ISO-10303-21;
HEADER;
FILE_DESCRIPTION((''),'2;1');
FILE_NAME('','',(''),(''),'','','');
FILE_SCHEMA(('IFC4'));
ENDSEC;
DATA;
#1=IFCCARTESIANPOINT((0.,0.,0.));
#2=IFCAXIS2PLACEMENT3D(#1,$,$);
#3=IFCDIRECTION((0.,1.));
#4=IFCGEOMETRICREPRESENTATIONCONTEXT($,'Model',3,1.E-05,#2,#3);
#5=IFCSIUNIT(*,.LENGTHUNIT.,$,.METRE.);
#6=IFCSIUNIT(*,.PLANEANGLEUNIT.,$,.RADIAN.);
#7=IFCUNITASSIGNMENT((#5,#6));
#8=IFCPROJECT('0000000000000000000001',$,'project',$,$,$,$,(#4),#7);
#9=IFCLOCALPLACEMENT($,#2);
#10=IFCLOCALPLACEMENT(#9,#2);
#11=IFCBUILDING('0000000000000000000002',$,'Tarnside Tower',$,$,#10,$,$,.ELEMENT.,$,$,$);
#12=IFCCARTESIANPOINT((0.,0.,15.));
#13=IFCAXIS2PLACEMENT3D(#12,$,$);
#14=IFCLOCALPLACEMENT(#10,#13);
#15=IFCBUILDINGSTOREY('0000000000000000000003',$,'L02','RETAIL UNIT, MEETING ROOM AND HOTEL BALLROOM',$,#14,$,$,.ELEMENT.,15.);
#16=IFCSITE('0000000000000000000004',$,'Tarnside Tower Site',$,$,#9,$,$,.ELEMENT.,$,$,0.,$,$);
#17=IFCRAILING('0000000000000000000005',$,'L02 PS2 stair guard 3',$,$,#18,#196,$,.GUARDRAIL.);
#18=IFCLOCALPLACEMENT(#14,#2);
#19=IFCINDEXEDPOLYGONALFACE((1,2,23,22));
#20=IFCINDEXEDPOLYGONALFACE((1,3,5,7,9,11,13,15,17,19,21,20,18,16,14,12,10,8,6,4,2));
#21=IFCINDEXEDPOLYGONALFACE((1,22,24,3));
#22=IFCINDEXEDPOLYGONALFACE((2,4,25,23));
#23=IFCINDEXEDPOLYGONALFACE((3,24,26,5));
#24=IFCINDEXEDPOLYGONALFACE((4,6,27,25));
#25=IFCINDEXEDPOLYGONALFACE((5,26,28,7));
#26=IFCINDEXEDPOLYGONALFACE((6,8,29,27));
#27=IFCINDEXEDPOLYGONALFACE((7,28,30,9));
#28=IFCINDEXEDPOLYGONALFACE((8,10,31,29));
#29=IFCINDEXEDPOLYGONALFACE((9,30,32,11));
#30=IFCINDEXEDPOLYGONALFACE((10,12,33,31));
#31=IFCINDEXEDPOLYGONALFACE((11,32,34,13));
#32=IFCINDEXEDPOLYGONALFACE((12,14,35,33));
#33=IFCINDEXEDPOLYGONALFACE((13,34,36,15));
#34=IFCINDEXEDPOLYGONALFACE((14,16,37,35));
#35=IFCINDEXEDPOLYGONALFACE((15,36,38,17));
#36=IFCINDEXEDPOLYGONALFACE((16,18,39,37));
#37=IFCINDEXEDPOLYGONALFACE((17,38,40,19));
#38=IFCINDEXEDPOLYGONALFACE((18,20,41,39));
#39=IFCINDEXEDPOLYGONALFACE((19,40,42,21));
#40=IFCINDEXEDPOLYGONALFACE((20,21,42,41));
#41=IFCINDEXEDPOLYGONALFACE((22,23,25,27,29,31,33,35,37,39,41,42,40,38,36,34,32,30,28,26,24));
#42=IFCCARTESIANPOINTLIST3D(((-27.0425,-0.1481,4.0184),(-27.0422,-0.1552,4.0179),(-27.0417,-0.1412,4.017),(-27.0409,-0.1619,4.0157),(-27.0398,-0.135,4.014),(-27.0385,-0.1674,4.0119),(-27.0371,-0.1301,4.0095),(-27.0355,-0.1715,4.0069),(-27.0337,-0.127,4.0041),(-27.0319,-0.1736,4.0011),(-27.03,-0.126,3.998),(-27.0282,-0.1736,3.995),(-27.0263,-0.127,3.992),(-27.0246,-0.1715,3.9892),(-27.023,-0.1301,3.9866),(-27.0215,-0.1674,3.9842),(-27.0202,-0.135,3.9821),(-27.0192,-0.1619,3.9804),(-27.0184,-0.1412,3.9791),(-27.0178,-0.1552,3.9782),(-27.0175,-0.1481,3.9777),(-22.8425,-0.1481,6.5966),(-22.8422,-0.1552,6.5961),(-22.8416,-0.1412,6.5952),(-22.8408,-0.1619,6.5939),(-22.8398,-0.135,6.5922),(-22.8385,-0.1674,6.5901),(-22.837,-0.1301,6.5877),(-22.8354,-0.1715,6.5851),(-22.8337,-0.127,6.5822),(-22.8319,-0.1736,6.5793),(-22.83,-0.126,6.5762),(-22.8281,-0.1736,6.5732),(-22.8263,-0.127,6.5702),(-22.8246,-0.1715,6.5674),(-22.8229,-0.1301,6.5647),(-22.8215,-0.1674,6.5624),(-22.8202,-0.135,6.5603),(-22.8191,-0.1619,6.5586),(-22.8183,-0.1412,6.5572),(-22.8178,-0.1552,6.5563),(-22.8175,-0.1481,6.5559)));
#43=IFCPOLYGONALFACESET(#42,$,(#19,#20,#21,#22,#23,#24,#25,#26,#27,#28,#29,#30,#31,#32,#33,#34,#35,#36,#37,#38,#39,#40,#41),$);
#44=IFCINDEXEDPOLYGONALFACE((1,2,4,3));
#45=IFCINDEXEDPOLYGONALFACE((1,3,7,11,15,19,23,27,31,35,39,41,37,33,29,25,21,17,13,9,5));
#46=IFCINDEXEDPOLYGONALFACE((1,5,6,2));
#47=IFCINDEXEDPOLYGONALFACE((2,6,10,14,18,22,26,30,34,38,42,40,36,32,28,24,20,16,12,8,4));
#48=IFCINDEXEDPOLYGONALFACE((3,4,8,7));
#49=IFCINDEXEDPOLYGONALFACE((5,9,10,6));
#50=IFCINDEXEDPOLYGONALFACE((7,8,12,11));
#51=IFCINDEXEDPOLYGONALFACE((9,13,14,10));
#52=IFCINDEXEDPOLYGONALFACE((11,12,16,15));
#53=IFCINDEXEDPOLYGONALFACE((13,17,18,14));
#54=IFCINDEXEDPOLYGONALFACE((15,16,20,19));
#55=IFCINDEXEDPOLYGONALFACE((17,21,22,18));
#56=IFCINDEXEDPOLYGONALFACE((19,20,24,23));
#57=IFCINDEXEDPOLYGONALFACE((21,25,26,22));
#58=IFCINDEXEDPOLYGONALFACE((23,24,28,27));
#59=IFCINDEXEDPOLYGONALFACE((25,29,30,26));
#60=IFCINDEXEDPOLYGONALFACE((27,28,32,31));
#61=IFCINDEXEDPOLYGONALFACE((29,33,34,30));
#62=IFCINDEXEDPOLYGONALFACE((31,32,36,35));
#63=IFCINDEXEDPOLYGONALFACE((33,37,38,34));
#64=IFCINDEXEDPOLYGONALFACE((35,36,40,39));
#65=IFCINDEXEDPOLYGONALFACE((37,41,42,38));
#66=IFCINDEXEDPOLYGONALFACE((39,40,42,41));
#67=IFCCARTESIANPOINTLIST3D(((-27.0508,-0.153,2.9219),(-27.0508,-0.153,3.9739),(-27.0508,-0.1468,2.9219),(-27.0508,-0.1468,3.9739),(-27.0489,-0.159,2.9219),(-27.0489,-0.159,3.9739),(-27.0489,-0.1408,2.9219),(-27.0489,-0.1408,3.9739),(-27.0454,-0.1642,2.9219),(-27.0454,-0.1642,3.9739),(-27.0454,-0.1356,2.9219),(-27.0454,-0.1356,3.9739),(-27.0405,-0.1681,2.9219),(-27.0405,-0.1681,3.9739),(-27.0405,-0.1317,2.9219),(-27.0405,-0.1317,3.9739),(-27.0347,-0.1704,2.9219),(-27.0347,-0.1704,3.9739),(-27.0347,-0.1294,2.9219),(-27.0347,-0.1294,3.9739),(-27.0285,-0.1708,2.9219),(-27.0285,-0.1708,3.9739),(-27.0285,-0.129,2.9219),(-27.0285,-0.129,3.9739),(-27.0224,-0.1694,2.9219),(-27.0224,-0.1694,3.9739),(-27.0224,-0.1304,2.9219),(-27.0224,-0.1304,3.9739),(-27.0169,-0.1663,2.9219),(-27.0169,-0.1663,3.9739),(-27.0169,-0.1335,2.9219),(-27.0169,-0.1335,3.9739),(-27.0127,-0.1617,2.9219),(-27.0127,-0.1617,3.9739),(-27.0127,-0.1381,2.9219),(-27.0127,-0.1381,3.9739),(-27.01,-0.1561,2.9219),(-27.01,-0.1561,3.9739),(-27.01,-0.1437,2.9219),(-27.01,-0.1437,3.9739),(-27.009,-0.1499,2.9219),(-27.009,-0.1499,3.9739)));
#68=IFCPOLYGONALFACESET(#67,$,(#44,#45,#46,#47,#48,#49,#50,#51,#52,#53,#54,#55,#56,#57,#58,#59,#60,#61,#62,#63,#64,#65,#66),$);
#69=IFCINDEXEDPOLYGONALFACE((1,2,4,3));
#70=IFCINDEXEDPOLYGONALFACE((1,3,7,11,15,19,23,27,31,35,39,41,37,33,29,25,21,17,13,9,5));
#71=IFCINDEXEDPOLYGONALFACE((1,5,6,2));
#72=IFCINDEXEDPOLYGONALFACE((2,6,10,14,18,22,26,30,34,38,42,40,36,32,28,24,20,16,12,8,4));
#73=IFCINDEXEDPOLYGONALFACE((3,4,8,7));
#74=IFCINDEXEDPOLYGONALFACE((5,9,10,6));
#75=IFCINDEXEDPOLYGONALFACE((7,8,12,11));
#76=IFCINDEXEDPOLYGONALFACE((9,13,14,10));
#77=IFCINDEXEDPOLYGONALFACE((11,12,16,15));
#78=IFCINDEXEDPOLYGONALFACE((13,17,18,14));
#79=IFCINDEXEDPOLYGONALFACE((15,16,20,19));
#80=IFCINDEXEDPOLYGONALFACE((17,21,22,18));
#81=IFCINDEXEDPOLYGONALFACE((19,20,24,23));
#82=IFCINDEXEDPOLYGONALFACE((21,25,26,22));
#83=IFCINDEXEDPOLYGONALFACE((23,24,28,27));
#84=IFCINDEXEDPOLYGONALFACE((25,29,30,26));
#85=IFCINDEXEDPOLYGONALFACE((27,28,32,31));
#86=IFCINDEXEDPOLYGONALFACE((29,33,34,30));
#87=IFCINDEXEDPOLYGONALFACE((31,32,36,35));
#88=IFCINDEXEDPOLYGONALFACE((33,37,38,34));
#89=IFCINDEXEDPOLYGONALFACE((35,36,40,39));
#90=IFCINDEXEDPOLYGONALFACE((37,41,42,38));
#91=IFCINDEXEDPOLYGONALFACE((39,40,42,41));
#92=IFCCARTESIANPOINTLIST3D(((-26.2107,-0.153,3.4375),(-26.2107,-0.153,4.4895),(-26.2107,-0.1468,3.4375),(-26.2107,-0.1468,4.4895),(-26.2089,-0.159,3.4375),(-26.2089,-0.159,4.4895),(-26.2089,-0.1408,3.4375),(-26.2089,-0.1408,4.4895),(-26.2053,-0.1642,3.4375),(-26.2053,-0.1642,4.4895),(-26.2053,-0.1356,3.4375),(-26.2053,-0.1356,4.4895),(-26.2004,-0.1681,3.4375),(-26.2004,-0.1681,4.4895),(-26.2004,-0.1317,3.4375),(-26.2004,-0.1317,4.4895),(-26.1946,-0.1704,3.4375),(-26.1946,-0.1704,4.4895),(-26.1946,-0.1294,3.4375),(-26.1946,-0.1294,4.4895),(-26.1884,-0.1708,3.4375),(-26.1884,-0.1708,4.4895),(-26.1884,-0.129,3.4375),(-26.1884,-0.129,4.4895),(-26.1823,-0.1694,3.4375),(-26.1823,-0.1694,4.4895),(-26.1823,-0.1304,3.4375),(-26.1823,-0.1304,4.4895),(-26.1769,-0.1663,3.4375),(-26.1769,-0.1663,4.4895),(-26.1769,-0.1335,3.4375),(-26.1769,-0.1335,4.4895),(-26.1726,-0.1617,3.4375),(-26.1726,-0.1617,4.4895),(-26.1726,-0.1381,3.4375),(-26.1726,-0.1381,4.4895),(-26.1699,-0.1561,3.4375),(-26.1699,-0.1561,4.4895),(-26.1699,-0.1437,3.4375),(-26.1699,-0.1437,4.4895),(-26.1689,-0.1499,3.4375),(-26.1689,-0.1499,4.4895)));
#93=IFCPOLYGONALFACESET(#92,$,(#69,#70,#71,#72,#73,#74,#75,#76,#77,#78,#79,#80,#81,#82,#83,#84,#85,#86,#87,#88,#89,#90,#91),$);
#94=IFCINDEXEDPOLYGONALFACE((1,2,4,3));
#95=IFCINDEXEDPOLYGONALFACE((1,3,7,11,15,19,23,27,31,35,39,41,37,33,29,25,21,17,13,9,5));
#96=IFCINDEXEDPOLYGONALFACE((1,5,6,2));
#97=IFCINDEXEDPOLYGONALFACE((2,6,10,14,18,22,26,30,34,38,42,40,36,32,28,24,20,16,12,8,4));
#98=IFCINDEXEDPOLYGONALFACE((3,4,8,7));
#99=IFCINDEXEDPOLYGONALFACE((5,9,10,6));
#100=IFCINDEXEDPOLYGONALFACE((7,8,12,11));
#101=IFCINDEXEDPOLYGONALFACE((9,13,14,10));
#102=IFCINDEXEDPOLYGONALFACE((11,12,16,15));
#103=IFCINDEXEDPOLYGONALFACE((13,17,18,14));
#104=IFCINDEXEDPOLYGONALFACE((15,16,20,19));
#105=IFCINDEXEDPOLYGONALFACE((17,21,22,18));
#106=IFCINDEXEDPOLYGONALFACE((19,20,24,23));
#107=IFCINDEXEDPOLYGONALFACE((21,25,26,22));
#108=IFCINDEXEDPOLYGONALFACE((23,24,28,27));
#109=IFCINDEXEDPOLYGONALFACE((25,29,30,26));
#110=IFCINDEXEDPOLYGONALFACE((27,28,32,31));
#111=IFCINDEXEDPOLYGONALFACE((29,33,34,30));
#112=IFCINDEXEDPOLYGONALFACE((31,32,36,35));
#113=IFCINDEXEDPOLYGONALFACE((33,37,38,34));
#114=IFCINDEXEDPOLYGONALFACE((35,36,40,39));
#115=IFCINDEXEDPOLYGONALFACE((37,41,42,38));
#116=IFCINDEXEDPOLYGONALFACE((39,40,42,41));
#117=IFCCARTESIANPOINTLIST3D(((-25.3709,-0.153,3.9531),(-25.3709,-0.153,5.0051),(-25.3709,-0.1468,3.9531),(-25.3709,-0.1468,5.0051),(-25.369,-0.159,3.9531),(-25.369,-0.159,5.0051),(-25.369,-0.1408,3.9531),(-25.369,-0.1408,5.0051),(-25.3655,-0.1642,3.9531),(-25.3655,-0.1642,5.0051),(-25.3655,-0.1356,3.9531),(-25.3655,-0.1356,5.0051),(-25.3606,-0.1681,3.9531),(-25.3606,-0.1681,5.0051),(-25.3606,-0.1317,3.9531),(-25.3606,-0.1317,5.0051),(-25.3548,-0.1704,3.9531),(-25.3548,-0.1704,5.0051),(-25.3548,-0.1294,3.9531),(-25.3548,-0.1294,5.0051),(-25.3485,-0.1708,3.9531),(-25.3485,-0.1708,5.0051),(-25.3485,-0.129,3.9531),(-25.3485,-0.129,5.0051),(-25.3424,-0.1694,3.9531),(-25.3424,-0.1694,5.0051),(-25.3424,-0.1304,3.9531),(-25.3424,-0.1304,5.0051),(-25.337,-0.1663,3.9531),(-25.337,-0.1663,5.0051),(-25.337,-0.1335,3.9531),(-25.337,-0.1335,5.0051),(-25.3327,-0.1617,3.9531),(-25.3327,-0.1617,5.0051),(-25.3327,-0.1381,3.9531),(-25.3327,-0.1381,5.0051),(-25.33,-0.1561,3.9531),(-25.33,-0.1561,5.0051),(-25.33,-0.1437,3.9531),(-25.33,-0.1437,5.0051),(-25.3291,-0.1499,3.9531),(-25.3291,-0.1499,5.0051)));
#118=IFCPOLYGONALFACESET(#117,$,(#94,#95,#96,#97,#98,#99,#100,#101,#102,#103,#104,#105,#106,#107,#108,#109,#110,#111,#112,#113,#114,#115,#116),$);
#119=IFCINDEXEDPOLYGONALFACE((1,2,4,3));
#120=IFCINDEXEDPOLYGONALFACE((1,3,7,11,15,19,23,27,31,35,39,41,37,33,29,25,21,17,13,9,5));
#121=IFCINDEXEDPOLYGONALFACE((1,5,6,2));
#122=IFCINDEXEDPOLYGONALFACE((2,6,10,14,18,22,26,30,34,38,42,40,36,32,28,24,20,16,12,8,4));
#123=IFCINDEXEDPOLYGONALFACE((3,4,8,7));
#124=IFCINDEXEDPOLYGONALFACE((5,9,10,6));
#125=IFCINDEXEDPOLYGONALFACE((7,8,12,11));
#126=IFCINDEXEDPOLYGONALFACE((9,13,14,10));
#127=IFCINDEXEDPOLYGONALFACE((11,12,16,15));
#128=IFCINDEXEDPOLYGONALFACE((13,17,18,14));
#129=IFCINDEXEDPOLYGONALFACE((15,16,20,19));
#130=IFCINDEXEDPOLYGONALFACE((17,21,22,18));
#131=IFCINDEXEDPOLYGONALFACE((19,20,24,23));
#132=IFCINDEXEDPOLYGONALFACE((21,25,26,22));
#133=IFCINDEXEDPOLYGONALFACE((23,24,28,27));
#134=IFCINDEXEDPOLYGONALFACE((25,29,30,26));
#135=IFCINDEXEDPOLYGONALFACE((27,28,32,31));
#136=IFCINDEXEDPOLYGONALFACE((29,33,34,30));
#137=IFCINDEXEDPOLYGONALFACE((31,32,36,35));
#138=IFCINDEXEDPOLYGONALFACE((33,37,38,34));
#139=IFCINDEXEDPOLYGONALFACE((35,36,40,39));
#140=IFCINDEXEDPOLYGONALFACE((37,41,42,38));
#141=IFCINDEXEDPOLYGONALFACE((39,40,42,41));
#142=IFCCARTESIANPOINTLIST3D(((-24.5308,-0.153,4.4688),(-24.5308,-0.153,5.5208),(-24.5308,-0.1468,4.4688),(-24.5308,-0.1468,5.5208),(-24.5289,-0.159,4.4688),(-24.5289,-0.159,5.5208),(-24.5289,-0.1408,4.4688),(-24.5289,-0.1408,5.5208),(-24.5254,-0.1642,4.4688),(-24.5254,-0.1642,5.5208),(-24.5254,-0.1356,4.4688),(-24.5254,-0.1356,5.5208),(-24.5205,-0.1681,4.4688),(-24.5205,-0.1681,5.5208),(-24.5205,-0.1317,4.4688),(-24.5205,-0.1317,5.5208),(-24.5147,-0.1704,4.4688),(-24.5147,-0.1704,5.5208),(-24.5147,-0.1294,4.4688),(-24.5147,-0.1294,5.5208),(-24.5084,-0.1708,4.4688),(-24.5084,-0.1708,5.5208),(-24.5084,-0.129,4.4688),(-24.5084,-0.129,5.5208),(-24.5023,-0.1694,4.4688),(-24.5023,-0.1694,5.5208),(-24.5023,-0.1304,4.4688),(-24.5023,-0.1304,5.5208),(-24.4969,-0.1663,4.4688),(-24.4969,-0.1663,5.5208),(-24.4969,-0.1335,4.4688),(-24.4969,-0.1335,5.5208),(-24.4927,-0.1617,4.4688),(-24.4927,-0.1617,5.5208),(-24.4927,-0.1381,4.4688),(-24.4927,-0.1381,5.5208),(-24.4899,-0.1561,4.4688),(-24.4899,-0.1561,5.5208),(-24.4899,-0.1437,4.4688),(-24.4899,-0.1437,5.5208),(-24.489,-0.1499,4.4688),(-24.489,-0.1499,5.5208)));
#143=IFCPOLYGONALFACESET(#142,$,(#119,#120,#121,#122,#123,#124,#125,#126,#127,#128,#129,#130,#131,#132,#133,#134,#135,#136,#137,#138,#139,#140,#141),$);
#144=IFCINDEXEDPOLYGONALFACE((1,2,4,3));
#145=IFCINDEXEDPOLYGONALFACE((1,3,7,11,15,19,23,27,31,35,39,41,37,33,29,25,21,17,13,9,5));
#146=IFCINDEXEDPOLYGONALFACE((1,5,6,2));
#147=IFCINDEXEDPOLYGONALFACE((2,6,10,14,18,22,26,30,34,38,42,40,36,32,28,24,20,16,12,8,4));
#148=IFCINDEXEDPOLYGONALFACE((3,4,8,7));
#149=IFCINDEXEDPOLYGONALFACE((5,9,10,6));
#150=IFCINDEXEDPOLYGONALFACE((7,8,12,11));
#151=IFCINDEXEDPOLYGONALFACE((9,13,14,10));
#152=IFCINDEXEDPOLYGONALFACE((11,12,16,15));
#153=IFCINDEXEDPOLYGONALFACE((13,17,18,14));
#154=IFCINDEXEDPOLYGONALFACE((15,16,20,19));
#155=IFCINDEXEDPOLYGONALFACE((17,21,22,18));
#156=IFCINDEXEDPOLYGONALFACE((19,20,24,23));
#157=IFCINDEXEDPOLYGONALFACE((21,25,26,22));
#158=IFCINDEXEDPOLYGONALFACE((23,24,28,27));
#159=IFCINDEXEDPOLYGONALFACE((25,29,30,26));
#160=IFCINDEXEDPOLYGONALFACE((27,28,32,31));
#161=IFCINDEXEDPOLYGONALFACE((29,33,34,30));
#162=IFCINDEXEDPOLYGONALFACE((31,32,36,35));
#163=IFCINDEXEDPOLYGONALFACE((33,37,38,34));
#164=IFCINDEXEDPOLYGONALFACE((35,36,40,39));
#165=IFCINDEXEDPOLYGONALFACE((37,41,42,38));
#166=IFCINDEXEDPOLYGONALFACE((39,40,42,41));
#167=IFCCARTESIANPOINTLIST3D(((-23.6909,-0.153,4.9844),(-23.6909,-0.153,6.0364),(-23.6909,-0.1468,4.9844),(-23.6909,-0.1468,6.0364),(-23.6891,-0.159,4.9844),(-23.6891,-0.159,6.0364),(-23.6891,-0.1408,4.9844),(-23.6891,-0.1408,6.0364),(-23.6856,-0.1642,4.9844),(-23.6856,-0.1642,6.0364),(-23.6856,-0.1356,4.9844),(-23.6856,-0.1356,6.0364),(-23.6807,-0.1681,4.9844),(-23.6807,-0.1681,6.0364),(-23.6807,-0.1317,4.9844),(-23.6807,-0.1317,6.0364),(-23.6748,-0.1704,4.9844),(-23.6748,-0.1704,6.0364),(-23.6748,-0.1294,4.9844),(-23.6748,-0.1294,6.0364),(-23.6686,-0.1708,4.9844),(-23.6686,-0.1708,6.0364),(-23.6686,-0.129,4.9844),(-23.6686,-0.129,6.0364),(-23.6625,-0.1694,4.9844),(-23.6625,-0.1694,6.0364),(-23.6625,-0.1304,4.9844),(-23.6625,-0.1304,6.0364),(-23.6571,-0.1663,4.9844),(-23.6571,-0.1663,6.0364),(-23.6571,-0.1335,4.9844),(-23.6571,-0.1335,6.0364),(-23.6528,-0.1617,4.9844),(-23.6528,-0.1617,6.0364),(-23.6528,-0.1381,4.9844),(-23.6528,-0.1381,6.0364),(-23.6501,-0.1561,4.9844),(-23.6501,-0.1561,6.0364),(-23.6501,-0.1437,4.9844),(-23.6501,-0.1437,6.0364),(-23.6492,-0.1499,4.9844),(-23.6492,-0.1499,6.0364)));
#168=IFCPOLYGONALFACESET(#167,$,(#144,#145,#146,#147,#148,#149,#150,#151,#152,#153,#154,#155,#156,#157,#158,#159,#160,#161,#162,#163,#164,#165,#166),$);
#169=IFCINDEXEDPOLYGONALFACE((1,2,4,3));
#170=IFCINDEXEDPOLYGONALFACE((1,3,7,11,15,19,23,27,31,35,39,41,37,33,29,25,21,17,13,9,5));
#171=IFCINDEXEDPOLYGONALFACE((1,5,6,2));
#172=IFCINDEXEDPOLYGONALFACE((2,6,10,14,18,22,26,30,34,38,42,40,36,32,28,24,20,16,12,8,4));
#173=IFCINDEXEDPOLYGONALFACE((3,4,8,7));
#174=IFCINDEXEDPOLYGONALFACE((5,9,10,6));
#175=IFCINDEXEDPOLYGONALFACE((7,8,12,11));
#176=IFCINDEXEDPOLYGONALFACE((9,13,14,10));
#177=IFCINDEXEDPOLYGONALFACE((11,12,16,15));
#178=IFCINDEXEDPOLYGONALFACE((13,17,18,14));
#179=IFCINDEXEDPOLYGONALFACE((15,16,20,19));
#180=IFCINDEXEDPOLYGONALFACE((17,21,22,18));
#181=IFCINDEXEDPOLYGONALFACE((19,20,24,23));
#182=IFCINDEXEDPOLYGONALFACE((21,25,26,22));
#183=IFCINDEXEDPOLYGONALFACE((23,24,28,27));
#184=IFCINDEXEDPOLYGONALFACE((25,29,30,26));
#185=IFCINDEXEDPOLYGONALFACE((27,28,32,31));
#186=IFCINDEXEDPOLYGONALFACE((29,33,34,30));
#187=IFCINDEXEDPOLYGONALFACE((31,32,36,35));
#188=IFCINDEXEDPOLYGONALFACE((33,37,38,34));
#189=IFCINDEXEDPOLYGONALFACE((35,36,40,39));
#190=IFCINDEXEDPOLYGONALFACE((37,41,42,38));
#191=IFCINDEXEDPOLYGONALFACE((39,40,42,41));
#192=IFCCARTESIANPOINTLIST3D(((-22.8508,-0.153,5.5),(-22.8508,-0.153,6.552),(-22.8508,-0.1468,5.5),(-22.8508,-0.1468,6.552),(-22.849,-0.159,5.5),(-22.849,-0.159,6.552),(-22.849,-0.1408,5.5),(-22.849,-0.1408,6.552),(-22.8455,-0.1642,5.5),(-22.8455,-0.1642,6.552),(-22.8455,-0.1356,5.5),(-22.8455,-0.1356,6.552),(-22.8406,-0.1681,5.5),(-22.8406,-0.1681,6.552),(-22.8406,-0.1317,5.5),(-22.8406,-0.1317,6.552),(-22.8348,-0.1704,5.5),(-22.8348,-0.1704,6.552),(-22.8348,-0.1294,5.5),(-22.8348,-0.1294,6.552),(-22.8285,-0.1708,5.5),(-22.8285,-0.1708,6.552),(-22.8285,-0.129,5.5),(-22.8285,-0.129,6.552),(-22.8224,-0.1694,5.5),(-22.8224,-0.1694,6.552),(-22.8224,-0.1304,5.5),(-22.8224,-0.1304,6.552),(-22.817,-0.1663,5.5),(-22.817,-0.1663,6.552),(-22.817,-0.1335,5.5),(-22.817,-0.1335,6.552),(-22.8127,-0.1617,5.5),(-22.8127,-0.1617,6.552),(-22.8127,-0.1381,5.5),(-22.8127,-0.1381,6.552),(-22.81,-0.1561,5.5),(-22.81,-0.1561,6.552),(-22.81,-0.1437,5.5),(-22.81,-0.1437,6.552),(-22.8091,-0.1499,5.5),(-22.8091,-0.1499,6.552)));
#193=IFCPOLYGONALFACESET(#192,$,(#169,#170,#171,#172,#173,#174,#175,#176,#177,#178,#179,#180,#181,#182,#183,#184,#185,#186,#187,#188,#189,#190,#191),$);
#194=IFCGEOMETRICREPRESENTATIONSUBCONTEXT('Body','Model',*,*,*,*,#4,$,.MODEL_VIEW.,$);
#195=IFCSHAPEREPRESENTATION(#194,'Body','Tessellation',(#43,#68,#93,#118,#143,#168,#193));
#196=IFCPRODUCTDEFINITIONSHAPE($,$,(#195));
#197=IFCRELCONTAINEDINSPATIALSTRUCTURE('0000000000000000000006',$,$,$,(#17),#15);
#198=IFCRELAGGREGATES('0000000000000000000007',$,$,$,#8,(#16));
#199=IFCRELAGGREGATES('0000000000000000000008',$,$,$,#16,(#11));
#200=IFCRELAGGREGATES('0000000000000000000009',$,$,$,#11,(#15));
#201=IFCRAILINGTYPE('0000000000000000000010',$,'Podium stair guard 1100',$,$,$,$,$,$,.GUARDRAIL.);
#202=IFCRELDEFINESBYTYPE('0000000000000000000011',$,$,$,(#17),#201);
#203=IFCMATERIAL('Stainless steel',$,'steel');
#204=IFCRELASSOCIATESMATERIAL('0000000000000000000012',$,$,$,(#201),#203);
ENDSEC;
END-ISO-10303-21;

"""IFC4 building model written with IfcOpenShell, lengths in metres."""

from ifc_helpers import new_model, si_unit, direction, frame, origin, origin_2d, place, context, subcontext, project, spatial, circle, extrude, material, type_object, element, save


model = new_model("IFC4")

# Units and contexts
model_context = context("Model", 3, precision=1e-05, world=origin(), true_north=direction((0.0, 1.0)))
body_context = subcontext(model_context, "Body", "Model", "MODEL_VIEW")
ifc_project = project(units=[si_unit("LENGTHUNIT", "METRE"), si_unit("PLANEANGLEUNIT", "RADIAN")], contexts=[model_context])

# Site, building, storey
site_placement = place(None, origin())
site = spatial("IfcSite", under=ifc_project, at=site_placement, Name="Tarnside Tower Site", CompositionType="ELEMENT", RefElevation=0.0)
building_placement = place(site_placement, origin())
building = spatial("IfcBuilding", under=site, at=building_placement, Name="Tarnside Tower", CompositionType="ELEMENT")
storey_placement = place(building_placement, frame((0.0, 0.0, 15.0)))
storey = spatial("IfcBuildingStorey", under=building, at=storey_placement, Name="L02", Description="RETAIL UNIT, MEETING ROOM AND HOTEL BALLROOM", CompositionType="ELEMENT", Elevation=15.0)

# Railing
ifc_material_1 = material(Name="Stainless steel", Category="steel")
railing_type_1 = type_object("IfcRailingType", Name="Podium stair guard 1100", PredefinedType="GUARDRAIL", material=ifc_material_1)
railing_1_placement = place(storey_placement, frame((-27.03, -0.1499, 2.9219)))
element("IfcRailing", 1, at=railing_1_placement, inside=storey, type_object=railing_type_1, Name="L02 PS2 stair guard 3", PredefinedType="GUARDRAIL", context=body_context, shape_type="SweptSolid", body=[
    extrude(circle(Radius=0.0239, at=origin_2d()), frame((0.0, 0.0, 1.0762), z_axis=(0.852243, 0.0, 0.523146), x_axis=(0.0, 1.0, 0.0)), (0.0, 0.0, 1.0), 4.9282),
    extrude(circle(Radius=0.021, at=origin_2d()), origin(), (0.0, 0.0, 1.0), 1.052),
    extrude(circle(Radius=0.021, at=origin_2d()), frame((0.8401, 0.0, 0.5156)), (0.0, 0.0, 1.0), 1.052),
    extrude(circle(Radius=0.021, at=origin_2d()), frame((1.6799, 0.0, 1.0312)), (0.0, 0.0, 1.0), 1.052),
    extrude(circle(Radius=0.021, at=origin_2d()), frame((2.52, 0.0, 1.5469)), (0.0, 0.0, 1.0), 1.052),
    extrude(circle(Radius=0.021, at=origin_2d()), frame((3.3599, 0.0, 2.0625)), (0.0, 0.0, 1.0), 1.052),
    extrude(circle(Radius=0.021, at=origin_2d()), frame((4.2, 0.0, 2.5781)), (0.0, 0.0, 1.0), 1.052),
])

save(model, "model.ifc")
